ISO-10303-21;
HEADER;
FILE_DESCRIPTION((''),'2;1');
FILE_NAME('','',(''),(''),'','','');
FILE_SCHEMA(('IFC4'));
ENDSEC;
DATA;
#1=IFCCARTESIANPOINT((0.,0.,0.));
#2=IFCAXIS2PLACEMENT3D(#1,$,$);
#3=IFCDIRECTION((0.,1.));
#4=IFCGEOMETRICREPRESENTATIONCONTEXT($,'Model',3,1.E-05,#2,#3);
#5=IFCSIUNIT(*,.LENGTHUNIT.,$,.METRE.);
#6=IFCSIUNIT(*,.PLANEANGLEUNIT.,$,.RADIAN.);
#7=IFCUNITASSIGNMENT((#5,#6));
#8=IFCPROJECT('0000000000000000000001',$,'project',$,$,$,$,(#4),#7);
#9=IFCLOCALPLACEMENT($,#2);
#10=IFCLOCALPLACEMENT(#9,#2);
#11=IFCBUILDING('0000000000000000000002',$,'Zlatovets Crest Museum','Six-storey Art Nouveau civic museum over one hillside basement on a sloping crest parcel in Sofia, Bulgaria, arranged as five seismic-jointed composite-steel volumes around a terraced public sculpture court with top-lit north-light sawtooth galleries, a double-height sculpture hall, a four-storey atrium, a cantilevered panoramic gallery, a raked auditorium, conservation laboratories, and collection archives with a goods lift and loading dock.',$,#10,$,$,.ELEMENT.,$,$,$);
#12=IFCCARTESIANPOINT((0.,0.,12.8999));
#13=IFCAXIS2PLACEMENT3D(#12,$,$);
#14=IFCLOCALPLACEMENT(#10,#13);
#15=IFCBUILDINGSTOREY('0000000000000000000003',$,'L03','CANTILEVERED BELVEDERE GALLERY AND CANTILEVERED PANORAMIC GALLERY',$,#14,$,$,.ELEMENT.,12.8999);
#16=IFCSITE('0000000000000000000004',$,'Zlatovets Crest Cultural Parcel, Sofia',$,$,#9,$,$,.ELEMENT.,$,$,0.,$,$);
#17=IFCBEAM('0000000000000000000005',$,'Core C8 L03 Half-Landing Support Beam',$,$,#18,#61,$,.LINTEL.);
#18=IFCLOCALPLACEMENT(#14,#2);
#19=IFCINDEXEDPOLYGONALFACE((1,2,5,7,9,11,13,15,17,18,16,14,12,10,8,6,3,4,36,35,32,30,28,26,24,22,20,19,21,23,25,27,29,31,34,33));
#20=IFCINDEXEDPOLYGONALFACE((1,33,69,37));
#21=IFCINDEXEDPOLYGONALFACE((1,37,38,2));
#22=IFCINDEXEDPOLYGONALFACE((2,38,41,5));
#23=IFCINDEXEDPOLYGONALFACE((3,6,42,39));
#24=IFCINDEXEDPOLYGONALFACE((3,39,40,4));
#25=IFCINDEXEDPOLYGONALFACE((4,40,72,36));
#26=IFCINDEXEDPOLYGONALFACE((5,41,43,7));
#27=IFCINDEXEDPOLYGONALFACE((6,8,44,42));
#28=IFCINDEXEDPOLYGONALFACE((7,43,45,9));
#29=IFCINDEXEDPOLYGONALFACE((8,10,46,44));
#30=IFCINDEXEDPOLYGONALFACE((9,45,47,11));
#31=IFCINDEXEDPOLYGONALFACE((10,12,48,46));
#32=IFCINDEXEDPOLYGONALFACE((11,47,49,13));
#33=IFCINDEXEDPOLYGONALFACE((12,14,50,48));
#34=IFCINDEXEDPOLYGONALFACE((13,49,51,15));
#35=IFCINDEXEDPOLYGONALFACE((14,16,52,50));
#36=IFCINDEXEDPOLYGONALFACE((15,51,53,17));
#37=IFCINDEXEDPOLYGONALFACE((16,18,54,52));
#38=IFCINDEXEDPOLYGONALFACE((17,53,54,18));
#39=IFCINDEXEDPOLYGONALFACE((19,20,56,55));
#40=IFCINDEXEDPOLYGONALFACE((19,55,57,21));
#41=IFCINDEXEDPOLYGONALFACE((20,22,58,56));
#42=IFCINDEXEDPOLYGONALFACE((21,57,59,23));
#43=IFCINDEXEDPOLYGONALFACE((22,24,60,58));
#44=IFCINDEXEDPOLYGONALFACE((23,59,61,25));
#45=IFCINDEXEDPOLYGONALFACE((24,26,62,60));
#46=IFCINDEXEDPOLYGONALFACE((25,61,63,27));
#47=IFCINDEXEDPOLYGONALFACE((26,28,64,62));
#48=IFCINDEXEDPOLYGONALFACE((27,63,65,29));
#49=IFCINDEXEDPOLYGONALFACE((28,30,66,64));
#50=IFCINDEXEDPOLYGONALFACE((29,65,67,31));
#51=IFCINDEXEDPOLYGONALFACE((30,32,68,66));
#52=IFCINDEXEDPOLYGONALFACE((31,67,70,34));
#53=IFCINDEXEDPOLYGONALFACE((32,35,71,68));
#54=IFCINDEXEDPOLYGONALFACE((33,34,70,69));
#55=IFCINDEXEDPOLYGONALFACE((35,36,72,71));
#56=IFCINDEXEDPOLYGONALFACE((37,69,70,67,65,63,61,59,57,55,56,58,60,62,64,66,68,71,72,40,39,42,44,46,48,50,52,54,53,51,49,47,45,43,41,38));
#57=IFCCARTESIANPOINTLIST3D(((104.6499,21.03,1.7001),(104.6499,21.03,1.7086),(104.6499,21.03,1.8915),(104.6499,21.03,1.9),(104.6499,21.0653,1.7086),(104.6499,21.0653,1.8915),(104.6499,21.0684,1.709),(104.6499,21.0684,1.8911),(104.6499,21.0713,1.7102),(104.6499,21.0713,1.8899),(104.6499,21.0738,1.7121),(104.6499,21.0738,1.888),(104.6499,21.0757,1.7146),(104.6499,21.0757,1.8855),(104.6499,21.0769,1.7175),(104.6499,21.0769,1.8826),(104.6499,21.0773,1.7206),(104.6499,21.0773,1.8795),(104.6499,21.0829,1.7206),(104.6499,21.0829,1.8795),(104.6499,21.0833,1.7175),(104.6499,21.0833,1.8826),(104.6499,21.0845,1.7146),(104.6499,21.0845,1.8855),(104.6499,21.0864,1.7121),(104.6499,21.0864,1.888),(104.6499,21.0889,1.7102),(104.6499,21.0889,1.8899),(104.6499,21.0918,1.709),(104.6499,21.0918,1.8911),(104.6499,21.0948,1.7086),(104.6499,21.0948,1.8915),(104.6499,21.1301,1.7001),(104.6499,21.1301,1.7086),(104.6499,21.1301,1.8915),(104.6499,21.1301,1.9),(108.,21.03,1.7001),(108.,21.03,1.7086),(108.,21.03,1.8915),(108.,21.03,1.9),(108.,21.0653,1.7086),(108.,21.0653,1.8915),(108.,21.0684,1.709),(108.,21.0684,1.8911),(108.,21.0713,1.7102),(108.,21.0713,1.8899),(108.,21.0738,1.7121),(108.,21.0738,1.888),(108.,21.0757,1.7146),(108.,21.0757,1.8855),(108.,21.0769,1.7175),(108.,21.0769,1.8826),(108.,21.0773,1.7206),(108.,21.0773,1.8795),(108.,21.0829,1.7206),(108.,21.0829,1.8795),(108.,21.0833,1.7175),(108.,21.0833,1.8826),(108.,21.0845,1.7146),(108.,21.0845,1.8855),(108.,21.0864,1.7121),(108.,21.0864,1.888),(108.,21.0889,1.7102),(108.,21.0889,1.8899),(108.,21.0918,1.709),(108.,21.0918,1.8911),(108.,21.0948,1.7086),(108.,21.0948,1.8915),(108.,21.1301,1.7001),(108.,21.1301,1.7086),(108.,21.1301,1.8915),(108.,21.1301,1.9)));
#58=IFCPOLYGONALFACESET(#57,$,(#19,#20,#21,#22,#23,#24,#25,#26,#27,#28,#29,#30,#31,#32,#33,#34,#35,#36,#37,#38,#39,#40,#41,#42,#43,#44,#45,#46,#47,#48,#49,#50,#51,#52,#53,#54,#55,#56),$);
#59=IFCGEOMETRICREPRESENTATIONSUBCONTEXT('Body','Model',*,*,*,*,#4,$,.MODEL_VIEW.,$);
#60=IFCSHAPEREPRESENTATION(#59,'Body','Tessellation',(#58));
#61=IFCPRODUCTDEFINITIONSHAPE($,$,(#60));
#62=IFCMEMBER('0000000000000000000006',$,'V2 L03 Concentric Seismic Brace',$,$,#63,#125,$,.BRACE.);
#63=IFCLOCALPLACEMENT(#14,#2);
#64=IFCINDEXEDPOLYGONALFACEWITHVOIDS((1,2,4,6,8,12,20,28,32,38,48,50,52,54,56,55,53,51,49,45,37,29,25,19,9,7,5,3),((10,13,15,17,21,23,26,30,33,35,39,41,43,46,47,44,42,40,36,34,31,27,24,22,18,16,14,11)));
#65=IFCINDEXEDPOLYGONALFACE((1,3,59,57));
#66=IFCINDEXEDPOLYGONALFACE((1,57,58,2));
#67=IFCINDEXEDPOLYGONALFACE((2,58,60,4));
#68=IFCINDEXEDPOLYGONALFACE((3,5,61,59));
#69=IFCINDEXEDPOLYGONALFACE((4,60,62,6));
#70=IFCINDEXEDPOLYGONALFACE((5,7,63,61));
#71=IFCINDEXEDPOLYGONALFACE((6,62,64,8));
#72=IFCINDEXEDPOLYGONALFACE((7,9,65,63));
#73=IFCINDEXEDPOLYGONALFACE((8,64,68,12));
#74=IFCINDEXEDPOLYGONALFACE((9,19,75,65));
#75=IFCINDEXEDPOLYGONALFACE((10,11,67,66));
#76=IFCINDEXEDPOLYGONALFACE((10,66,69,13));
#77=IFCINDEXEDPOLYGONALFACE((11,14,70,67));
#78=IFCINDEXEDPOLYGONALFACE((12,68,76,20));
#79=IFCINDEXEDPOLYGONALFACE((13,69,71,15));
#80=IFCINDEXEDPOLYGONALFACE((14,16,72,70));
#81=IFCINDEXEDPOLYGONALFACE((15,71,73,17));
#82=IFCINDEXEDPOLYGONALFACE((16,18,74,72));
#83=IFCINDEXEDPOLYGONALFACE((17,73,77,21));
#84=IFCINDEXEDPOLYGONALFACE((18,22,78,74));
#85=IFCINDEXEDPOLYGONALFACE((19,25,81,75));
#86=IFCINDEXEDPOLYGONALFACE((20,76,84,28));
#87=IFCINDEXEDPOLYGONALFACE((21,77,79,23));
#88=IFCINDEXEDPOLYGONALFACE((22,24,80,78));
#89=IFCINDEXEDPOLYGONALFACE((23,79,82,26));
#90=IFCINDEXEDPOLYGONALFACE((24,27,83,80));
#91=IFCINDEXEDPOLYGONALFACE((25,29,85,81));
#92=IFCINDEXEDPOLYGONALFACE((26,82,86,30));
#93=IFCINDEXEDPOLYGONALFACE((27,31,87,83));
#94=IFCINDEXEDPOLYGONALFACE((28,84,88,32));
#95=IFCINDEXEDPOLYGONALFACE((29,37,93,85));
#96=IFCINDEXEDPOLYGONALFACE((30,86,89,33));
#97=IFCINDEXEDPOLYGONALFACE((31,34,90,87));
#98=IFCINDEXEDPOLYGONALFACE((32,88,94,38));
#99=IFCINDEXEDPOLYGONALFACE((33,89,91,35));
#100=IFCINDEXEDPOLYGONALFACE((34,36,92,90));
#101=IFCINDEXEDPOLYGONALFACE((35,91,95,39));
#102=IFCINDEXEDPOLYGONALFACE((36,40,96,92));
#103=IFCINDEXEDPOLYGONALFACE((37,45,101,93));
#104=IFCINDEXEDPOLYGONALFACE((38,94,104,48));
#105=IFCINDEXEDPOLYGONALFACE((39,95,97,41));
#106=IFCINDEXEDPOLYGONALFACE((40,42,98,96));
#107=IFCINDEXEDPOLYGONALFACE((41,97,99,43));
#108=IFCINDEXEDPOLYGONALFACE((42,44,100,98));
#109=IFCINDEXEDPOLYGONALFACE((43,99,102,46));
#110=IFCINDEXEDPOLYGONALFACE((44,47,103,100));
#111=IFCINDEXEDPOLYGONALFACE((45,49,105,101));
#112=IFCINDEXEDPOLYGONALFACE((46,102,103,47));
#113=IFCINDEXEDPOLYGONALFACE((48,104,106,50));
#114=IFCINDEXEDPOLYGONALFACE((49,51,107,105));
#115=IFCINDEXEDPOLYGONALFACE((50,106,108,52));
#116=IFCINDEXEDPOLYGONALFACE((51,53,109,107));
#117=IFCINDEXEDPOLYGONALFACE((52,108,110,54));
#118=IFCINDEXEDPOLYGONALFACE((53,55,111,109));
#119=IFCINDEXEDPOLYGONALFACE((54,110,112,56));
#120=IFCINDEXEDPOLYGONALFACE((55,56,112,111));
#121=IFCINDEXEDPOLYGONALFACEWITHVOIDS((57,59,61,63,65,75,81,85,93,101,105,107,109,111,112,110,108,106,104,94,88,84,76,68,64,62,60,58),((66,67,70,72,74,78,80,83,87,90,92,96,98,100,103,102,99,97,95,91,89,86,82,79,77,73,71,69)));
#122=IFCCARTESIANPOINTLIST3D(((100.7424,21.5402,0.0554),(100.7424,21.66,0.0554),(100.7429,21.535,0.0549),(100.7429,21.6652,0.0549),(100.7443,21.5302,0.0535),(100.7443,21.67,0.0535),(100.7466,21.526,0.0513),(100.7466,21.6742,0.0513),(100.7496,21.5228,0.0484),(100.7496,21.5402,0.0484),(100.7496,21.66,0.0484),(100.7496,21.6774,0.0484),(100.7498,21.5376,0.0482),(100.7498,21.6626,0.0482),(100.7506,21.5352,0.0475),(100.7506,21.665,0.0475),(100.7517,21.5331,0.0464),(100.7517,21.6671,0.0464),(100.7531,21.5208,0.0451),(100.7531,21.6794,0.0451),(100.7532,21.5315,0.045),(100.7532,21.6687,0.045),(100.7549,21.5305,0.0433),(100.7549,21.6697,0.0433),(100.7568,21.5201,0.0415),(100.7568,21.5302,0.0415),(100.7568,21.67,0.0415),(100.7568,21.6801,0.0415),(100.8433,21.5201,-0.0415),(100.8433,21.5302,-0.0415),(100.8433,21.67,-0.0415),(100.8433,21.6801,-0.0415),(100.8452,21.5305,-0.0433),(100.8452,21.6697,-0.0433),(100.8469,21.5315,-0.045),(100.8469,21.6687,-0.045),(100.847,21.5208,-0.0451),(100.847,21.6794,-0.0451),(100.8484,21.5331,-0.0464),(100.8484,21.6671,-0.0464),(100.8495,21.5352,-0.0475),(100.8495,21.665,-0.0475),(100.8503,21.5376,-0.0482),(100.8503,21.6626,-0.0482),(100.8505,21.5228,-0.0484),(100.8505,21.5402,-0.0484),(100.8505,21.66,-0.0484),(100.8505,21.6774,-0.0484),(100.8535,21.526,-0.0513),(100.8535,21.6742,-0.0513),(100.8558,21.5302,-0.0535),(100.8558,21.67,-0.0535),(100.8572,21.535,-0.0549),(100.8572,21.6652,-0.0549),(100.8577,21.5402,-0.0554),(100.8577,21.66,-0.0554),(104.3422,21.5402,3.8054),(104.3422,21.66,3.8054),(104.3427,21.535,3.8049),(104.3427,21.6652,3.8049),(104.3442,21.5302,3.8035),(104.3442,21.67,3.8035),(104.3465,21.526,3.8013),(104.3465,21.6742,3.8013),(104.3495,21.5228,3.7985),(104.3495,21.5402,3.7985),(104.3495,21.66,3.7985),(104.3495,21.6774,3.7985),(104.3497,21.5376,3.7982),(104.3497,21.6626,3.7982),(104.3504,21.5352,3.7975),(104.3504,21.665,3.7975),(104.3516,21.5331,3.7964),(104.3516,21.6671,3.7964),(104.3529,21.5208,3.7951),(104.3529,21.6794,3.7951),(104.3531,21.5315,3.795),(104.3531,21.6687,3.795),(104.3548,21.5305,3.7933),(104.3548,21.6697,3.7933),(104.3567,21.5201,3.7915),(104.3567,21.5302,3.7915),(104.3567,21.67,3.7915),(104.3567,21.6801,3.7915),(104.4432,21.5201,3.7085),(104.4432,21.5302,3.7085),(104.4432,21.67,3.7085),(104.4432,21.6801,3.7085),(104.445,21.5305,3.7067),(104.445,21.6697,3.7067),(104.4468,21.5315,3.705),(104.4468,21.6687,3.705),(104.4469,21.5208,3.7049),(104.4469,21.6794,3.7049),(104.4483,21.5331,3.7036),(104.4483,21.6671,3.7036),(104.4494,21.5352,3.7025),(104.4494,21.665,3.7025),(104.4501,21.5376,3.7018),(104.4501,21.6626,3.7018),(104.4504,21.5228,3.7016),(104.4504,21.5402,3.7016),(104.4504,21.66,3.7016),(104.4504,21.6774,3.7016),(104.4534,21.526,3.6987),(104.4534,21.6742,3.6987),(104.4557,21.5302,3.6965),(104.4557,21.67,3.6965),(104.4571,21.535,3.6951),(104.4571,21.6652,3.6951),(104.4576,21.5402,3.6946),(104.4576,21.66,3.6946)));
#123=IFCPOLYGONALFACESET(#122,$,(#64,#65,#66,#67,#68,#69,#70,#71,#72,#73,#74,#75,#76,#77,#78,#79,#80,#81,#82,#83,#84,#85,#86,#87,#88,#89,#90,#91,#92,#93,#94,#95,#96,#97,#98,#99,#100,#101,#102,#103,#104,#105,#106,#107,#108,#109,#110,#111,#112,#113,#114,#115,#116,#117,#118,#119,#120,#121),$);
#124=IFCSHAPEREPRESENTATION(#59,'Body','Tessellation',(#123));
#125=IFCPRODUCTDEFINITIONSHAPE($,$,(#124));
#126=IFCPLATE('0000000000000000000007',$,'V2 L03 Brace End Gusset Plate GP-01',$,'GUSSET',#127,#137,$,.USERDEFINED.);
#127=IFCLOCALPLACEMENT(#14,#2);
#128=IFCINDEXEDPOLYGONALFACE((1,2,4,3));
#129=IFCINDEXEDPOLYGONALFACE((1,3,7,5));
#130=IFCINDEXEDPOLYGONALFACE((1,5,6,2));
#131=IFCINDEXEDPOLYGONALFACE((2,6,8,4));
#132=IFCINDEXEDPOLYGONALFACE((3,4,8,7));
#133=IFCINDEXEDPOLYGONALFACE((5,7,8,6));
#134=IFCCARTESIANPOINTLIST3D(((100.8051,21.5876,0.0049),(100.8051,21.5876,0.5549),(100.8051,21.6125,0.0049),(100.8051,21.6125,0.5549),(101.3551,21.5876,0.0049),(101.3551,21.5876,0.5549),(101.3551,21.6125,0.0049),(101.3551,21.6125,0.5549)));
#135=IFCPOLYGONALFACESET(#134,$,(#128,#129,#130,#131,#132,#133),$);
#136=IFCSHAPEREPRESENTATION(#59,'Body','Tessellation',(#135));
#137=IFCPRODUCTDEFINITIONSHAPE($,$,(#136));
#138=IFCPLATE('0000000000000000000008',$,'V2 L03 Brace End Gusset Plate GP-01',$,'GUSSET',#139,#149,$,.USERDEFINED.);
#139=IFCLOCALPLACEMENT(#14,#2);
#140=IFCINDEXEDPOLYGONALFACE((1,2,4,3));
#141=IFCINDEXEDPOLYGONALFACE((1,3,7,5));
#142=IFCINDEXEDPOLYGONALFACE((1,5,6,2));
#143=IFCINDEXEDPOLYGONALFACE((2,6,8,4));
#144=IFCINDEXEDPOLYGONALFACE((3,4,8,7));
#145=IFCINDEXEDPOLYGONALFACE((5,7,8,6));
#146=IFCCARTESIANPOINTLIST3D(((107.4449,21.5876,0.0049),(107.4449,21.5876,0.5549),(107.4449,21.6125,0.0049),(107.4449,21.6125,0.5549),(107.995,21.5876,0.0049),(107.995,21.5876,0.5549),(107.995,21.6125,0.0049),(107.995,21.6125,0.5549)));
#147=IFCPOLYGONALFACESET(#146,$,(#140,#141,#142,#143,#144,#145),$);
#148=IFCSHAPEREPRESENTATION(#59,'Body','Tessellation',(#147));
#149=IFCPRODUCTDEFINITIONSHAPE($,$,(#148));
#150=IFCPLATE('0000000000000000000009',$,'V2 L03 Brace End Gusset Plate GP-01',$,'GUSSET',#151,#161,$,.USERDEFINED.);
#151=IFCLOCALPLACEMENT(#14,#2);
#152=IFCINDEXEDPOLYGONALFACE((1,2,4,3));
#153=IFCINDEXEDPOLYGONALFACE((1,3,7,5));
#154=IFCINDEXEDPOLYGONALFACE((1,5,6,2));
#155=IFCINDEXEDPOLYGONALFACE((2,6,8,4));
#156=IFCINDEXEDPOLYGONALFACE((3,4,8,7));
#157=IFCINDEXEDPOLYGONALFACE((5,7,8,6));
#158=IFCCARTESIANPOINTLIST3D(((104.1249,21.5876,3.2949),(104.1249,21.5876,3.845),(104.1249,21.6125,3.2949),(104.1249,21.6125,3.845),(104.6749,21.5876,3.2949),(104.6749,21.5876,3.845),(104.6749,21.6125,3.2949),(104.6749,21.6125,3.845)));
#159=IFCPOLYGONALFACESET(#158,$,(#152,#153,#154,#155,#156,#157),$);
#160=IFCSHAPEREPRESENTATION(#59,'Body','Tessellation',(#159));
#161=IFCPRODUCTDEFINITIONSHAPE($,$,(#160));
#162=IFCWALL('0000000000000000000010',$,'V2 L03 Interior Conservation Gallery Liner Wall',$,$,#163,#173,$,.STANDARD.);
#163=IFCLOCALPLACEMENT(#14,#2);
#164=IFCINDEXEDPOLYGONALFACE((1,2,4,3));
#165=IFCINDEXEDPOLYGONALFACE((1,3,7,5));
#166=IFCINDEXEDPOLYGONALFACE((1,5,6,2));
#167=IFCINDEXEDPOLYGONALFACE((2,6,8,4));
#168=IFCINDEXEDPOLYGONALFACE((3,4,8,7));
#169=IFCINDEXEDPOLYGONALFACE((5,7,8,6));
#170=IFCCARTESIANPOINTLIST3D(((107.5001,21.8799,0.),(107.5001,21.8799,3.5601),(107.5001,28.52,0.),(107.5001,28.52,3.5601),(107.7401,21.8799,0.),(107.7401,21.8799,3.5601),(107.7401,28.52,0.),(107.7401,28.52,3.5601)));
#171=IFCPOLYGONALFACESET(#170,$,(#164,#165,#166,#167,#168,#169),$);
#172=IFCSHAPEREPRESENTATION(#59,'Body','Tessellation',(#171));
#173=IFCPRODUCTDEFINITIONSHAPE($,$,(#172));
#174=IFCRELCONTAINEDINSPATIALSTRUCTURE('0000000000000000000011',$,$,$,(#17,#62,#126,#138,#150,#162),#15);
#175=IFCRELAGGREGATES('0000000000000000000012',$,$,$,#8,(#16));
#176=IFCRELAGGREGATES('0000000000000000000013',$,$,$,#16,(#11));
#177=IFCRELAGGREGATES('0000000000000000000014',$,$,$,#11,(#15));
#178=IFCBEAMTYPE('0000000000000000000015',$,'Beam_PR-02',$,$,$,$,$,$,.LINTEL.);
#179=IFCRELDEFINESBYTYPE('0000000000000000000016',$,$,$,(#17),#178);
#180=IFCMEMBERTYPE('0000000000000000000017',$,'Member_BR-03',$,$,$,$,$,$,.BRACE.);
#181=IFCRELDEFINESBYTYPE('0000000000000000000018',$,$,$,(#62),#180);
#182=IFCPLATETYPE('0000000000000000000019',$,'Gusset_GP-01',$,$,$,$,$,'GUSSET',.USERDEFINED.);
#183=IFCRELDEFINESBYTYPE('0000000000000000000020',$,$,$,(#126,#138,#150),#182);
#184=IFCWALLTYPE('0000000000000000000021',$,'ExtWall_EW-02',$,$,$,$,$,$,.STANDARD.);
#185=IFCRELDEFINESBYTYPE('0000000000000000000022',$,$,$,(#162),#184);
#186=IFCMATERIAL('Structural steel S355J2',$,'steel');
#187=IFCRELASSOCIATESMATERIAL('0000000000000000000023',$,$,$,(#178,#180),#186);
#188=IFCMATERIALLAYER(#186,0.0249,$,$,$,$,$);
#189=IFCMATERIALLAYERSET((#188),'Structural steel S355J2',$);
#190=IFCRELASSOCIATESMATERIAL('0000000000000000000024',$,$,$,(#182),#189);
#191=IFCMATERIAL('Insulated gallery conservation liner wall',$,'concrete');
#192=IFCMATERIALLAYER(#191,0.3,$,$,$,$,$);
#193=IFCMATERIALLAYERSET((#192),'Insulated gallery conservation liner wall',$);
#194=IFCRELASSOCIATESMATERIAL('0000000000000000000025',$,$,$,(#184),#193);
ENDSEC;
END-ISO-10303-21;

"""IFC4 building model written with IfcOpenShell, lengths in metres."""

from ifc_helpers import new_model, si_unit, direction, frame, frame_2d, origin, origin_2d, place, context, subcontext, project, spatial, rectangle, hollow_rectangle, i_section, extrude, material, layer, layer_set, material_profile, profile_set, type_object, element, save


model = new_model("IFC4")

# Units and contexts
model_context = context("Model", 3, precision=1e-05, world=origin(), true_north=direction((0.0, 1.0)))
body_context = subcontext(model_context, "Body", "Model", "MODEL_VIEW")
ifc_project = project(units=[si_unit("LENGTHUNIT", "METRE"), si_unit("PLANEANGLEUNIT", "RADIAN")], contexts=[model_context])

# Site, building, storey
site_placement = place(None, origin())
site = spatial("IfcSite", under=ifc_project, at=site_placement, Name="Zlatovets Crest Cultural Parcel, Sofia", CompositionType="ELEMENT", RefElevation=0.0)
building_placement = place(site_placement, origin())
building = spatial("IfcBuilding", under=site, at=building_placement, Name="Zlatovets Crest Museum", Description="Six-storey Art Nouveau civic museum over one hillside basement on a sloping crest parcel in Sofia, Bulgaria, arranged as five seismic-jointed composite-steel volumes around a terraced public sculpture court with top-lit north-light sawtooth galleries, a double-height sculpture hall, a four-storey atrium, a cantilevered panoramic gallery, a raked auditorium, conservation laboratories, and collection archives with a goods lift and loading dock.", CompositionType="ELEMENT")
storey_placement = place(building_placement, frame((0.0, 0.0, 12.8999)))
storey = spatial("IfcBuildingStorey", under=building, at=storey_placement, Name="L03", Description="CANTILEVERED BELVEDERE GALLERY AND CANTILEVERED PANORAMIC GALLERY", CompositionType="ELEMENT", Elevation=12.8999)

# Shared definitions
ifc_material_1 = material(Name="Structural steel S355J2", Category="steel")

# Beam
ifc_material_profile_1 = material_profile(ifc_material_1, i_section(OverallWidth=0.1001, OverallDepth=0.2, WebThickness=0.0056, FlangeThickness=0.0085, FilletRadius=0.012, at=origin_2d()), Name="IPE 200")
ifc_profile_set_1 = profile_set([ifc_material_profile_1], Name="Structural steel S355J2")
beam_type_1 = type_object("IfcBeamType", Name="Beam_PR-02", PredefinedType="LINTEL", material=ifc_profile_set_1)
for number, where, z_axis, x_axis, name in (
    (1, (104.6499, 21.0801, 1.8), (1.0, 0.0, 0.0), (0.0, 1.0, 0.0), "Core C8 L03 Half-Landing Support Beam"),
):
    element("IfcBeam", number, at=place(storey_placement, frame(where, z_axis=z_axis, x_axis=x_axis)), inside=storey, type_object=beam_type_1, Name=name, PredefinedType="LINTEL", context=body_context, shape_type="SweptSolid", body=[
        extrude(i_section(OverallWidth=0.1001, OverallDepth=0.2, WebThickness=0.0056, FlangeThickness=0.0085, FilletRadius=0.012, at=origin_2d()), origin(), (0.0, 0.0, 1.0), 3.3501),
    ])

# Member
ifc_material_profile_2 = material_profile(ifc_material_1, hollow_rectangle(XDim=0.1599, YDim=0.1599, WallThickness=0.01, InnerFilletRadius=0.01, OuterFilletRadius=0.02, at=origin_2d()), Name="SHS 160x160x10.0")
ifc_profile_set_2 = profile_set([ifc_material_profile_2], Name="Structural steel S355J2")
member_type = type_object("IfcMemberType", Name="Member_BR-03", PredefinedType="BRACE", material=ifc_profile_set_2)
member_placement = place(storey_placement, frame((100.8, 21.6001, 0.0), z_axis=(0.692517, 0.0, 0.721401), x_axis=(0.0, 1.0, 0.0)))
element("IfcMember", 2, at=member_placement, inside=storey, type_object=member_type, Name="V2 L03 Concentric Seismic Brace", PredefinedType="BRACE", context=body_context, shape_type="SweptSolid", body=[
    extrude(hollow_rectangle(XDim=0.1599, YDim=0.1599, WallThickness=0.01, InnerFilletRadius=0.01, OuterFilletRadius=0.02, at=origin_2d()), origin(), (0.0, 0.0, 1.0), 5.1982),
])

# Plates
ifc_layer_1 = layer(ifc_material_1, 0.0249)
ifc_layer_set_1 = layer_set([ifc_layer_1], Name="Structural steel S355J2")
plate_type = type_object("IfcPlateType", Name="Gusset_GP-01", ElementType="GUSSET", PredefinedType="USERDEFINED", material=ifc_layer_set_1)
for number, where, z_axis, x_axis, name in (
    (3, (101.0801, 21.6001, 0.0049), (0.0, 0.0, 1.0), (1.0, 0.0, 0.0), "V2 L03 Brace End Gusset Plate GP-01"),
    (4, (107.72, 21.6001, 0.0049), (0.0, 0.0, 1.0), (1.0, 0.0, 0.0), "V2 L03 Brace End Gusset Plate GP-01"),
    (5, (104.3999, 21.6001, 3.2949), (0.0, 0.0, 1.0), (1.0, 0.0, 0.0), "V2 L03 Brace End Gusset Plate GP-01"),
):
    element("IfcPlate", number, at=place(storey_placement, frame(where, z_axis=z_axis, x_axis=x_axis)), inside=storey, type_object=plate_type, Name=name, ObjectType="GUSSET", PredefinedType="USERDEFINED", context=body_context, shape_type="SweptSolid", body=[
        extrude(rectangle(XDim=0.55, YDim=0.0249, at=origin_2d()), origin(), (0.0, 0.0, 1.0), 0.55),
    ])

# Wall
ifc_material_2 = material(Name="Insulated gallery conservation liner wall", Category="concrete")
ifc_layer_2 = layer(ifc_material_2, 0.3)
ifc_layer_set_2 = layer_set([ifc_layer_2], Name="Insulated gallery conservation liner wall")
wall_type_1 = type_object("IfcWallType", Name="ExtWall_EW-02", PredefinedType="STANDARD", material=ifc_layer_set_2)
wall_1_placement = place(storey_placement, frame((107.6201, 21.8799, 0.0), z_axis=(0.0, 0.0, 1.0), x_axis=(0.0, 1.0, 0.0)))
element("IfcWall", 6, at=wall_1_placement, inside=storey, type_object=wall_type_1, Name="V2 L03 Interior Conservation Gallery Liner Wall", PredefinedType="STANDARD", context=body_context, shape_type="SweptSolid", body=[
    extrude(rectangle(XDim=6.6401, YDim=0.24, at=frame_2d((3.3201, 0.0))), origin(), (0.0, 0.0, 1.0), 3.5601),
])

save(model, "model.ifc")
